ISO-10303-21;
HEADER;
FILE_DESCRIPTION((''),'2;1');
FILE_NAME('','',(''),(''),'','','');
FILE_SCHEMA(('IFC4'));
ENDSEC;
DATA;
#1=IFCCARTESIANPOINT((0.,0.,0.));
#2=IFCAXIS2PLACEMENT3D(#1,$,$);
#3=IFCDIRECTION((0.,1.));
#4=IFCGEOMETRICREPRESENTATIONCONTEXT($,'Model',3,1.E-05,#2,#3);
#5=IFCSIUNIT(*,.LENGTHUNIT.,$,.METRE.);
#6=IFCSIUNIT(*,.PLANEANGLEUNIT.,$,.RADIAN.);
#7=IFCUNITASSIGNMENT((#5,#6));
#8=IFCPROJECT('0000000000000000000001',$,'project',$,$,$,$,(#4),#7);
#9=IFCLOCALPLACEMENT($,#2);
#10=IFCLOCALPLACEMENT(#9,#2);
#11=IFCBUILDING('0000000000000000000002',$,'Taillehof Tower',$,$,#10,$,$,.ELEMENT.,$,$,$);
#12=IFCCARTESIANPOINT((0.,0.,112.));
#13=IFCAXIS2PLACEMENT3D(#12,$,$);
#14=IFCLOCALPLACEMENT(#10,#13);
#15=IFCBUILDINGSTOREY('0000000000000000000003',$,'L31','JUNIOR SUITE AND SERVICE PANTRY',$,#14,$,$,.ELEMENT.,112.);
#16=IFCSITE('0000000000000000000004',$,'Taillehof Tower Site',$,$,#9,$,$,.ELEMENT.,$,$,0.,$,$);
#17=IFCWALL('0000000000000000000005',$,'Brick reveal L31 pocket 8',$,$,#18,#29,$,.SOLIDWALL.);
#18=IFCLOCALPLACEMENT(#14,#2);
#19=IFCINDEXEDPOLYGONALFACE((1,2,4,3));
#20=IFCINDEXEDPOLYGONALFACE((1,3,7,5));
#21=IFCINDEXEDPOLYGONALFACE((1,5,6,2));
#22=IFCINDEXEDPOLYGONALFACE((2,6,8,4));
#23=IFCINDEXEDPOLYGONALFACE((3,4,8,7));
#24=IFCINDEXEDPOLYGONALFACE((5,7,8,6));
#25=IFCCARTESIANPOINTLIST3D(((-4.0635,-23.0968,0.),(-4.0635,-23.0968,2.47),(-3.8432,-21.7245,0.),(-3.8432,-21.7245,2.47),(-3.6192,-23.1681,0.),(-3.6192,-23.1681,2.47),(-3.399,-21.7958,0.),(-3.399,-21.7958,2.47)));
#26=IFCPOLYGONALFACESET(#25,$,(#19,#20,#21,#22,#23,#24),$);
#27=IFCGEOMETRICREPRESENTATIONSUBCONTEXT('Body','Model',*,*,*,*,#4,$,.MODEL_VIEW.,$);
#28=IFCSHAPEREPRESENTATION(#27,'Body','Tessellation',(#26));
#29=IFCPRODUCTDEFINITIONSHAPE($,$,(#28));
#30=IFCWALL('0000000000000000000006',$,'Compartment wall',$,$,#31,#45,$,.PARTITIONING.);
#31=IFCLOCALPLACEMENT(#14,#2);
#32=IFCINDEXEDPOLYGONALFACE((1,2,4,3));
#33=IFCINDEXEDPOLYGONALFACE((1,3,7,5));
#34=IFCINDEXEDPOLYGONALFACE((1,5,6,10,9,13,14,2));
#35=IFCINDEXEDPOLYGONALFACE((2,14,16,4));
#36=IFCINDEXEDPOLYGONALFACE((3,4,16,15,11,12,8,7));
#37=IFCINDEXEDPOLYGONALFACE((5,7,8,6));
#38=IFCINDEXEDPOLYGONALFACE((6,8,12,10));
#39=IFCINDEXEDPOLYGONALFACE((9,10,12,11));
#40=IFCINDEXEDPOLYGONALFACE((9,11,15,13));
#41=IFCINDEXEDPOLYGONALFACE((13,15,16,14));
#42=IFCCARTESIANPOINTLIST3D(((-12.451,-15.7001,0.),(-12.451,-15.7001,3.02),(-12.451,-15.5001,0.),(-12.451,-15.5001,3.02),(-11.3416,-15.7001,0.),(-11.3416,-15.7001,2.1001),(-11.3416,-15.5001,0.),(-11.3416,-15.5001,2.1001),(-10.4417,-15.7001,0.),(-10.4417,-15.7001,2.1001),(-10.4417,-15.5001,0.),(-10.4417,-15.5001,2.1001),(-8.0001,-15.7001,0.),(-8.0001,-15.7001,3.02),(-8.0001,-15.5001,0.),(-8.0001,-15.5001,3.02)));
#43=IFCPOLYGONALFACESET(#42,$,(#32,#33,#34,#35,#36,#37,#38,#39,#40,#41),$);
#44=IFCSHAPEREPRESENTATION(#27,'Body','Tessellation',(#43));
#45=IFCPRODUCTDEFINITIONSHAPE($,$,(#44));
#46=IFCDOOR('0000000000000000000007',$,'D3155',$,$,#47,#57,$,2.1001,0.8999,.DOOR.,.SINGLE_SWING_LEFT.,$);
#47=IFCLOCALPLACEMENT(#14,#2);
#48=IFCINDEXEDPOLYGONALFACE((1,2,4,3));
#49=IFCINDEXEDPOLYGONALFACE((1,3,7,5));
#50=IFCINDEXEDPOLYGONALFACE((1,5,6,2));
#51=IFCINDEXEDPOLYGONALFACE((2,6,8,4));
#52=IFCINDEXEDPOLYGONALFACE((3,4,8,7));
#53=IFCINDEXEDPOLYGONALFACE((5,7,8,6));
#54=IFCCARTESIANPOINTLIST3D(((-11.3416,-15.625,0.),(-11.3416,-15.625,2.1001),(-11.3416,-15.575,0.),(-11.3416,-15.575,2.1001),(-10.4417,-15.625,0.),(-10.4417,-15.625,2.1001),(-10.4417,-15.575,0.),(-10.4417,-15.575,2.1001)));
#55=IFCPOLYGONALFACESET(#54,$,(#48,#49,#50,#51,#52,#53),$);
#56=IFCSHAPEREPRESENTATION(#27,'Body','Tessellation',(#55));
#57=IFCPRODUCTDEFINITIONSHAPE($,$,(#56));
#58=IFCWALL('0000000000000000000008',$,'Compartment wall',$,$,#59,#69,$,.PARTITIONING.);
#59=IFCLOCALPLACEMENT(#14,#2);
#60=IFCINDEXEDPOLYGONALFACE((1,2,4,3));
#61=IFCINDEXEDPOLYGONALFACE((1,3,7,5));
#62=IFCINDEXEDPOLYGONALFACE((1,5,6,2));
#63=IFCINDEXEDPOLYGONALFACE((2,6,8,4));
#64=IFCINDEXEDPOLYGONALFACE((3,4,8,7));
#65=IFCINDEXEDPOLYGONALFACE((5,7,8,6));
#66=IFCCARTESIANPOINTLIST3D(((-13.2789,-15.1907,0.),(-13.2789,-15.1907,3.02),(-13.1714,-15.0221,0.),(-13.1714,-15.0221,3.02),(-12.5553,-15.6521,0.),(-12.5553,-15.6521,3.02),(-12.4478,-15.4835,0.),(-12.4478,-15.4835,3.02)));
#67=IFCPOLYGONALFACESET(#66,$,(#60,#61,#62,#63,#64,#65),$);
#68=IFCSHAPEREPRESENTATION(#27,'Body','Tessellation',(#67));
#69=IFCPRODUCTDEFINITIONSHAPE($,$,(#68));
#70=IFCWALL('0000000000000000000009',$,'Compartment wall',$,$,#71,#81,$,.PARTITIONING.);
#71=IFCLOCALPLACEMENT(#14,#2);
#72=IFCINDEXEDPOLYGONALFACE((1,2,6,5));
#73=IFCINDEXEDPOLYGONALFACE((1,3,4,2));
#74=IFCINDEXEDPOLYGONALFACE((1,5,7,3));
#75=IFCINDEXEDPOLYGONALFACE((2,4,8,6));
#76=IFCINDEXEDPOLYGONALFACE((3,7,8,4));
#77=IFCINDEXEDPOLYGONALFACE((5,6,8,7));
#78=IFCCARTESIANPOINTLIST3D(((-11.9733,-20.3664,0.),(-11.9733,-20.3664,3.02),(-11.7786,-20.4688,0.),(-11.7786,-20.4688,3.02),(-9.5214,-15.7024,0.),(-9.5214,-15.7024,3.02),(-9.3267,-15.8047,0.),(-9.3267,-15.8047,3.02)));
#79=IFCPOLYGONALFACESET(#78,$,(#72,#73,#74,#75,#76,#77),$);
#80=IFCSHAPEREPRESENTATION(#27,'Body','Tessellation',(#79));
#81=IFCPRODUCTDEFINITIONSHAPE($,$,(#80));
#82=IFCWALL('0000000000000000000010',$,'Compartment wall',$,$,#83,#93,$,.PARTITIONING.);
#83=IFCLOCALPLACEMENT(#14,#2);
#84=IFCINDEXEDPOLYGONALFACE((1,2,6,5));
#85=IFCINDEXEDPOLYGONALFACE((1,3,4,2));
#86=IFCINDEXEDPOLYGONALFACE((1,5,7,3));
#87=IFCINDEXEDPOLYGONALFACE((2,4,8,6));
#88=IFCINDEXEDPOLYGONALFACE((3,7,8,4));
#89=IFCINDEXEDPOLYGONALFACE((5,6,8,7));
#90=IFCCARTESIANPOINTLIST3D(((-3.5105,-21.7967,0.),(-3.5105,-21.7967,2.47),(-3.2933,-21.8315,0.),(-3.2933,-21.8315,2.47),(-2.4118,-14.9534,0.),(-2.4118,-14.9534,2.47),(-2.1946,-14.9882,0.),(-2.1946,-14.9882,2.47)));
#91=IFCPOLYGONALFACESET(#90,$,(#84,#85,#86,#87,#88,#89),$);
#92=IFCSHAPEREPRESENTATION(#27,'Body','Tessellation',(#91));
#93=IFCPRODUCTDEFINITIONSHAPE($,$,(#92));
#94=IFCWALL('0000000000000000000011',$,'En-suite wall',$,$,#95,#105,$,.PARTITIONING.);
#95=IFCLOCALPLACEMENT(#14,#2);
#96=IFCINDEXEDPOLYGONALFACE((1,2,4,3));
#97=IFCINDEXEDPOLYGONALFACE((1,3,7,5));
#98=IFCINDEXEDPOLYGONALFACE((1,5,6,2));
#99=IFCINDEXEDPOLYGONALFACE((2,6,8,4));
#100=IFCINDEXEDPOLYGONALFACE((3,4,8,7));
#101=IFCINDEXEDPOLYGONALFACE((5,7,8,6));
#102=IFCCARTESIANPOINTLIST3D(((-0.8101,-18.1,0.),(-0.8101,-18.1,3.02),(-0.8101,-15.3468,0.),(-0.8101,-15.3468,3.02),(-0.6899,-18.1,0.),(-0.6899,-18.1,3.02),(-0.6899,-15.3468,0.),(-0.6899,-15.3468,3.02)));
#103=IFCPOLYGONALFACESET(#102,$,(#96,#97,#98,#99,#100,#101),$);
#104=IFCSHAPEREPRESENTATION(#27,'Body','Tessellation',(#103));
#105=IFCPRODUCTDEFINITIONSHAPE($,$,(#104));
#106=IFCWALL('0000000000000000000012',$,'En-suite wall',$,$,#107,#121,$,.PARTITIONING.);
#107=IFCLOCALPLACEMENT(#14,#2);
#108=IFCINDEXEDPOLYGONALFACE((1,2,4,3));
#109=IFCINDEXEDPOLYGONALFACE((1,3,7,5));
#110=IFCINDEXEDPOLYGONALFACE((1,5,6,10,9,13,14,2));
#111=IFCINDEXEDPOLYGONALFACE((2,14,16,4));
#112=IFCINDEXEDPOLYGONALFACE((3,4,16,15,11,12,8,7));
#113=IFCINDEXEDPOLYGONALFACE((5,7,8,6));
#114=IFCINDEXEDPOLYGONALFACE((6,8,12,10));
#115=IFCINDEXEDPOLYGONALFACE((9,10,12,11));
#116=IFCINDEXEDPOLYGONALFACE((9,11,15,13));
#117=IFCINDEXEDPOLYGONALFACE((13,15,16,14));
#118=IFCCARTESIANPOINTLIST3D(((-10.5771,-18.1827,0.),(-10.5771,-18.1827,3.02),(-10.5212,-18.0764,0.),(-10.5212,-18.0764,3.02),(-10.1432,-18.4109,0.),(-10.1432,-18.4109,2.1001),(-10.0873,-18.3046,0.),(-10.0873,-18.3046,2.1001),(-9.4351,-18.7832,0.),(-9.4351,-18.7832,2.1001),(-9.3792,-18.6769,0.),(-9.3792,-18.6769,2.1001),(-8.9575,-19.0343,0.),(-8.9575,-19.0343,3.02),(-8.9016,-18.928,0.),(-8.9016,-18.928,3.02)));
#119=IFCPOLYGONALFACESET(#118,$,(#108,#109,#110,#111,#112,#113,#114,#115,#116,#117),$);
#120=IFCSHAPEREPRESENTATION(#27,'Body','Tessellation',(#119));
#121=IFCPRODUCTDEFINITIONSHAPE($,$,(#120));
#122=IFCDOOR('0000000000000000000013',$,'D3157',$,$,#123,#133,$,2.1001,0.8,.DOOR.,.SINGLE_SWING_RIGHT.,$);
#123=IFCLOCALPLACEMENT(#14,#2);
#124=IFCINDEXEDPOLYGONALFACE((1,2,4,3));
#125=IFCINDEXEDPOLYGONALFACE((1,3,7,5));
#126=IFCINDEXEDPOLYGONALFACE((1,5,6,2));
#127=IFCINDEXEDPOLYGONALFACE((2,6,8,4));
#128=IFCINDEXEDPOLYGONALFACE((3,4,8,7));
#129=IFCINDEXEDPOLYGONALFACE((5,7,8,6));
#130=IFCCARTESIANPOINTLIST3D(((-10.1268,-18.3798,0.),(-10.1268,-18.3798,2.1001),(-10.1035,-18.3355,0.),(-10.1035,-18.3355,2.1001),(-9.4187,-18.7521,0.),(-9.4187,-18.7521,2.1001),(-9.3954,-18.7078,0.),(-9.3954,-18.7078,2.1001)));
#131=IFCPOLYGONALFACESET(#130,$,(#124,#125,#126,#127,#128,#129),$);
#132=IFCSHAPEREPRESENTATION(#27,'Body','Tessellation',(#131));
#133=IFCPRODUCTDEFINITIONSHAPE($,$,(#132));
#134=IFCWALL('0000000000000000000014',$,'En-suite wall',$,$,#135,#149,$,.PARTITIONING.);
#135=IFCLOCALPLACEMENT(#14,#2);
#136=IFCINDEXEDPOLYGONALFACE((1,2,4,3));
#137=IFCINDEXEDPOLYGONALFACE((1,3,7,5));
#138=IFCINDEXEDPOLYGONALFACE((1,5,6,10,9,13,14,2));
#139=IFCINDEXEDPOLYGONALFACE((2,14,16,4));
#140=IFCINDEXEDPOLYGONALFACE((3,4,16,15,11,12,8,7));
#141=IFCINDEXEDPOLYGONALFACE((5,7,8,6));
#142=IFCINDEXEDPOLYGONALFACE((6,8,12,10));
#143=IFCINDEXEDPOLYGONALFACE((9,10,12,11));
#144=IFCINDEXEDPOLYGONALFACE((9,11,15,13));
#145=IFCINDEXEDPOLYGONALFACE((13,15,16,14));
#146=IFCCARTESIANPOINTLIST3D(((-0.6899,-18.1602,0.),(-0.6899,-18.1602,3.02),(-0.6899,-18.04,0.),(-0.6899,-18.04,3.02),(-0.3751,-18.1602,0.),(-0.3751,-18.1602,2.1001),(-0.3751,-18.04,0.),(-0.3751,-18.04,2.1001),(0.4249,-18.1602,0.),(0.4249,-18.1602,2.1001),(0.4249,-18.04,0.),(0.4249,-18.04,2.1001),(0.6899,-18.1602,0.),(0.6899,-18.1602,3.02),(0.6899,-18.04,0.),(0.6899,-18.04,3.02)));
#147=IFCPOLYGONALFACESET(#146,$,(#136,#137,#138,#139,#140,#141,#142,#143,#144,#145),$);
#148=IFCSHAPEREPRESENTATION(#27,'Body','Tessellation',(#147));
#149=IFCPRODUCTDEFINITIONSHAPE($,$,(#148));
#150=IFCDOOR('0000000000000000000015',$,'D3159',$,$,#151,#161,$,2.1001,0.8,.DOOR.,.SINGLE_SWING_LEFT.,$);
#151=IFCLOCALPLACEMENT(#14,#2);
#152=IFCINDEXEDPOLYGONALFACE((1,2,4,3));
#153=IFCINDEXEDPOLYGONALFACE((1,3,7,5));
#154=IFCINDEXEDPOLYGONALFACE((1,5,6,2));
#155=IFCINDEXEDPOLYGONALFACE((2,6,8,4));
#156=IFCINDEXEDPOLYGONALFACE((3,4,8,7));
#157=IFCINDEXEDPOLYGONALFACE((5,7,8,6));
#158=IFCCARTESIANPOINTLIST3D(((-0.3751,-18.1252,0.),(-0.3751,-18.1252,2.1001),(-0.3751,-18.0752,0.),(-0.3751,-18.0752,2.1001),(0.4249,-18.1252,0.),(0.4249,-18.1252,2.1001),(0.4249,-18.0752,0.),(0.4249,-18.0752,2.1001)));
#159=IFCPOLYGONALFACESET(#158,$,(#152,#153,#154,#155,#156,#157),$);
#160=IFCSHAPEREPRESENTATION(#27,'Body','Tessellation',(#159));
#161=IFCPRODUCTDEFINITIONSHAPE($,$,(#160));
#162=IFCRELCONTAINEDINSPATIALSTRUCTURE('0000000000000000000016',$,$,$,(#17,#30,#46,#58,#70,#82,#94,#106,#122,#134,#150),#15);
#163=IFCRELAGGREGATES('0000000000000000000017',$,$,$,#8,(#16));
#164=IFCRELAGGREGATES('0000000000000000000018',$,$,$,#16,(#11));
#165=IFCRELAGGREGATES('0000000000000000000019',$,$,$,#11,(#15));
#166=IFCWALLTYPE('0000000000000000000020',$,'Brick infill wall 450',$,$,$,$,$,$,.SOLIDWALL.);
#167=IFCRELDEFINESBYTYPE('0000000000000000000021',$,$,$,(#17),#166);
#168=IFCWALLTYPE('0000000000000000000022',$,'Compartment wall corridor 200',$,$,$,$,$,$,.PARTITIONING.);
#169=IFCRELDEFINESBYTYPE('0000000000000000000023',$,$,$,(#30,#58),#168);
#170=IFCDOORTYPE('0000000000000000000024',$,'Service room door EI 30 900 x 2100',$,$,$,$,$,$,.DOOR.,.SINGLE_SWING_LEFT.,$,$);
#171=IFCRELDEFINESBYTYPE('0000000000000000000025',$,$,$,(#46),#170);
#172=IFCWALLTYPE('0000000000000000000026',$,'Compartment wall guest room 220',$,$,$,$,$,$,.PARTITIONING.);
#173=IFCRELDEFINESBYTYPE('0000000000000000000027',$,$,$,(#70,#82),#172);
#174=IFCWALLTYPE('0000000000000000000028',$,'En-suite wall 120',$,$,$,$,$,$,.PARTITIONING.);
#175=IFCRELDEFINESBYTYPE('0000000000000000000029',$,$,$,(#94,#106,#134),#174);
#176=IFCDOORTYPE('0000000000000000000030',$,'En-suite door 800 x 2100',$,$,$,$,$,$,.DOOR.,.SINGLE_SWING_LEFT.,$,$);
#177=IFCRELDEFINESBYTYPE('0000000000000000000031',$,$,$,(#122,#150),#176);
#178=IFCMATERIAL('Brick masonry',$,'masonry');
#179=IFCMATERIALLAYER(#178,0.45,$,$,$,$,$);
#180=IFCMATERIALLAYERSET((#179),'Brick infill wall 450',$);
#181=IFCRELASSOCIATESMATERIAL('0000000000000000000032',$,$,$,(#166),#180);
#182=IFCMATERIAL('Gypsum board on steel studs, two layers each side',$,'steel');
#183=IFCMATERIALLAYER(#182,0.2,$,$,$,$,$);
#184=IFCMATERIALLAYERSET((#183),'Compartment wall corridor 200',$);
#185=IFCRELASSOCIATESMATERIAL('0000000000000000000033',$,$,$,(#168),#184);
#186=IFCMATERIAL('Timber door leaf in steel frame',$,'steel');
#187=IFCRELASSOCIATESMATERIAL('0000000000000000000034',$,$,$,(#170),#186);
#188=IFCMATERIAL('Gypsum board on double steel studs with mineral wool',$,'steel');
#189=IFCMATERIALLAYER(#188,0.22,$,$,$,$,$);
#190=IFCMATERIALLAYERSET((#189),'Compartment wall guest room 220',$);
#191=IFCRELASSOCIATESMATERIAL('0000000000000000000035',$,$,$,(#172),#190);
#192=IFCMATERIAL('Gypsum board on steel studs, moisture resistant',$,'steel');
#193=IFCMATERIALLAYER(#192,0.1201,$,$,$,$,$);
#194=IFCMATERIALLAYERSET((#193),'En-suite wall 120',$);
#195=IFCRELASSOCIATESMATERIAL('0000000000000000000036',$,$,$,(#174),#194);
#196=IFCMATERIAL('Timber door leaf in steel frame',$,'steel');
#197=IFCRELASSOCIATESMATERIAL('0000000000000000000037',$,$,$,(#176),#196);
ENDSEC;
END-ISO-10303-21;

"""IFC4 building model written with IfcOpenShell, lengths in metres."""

from ifc_helpers import new_model, si_unit, direction, frame, frame_2d, origin, place, context, subcontext, project, spatial, rectangle, extrude, material, layer, layer_set, type_object, element, fill, save


model = new_model("IFC4")

# Units and contexts
model_context = context("Model", 3, precision=1e-05, world=origin(), true_north=direction((0.0, 1.0)))
body_context = subcontext(model_context, "Body", "Model", "MODEL_VIEW")
ifc_project = project(units=[si_unit("LENGTHUNIT", "METRE"), si_unit("PLANEANGLEUNIT", "RADIAN")], contexts=[model_context])

# Site, building, storey
site_placement = place(None, origin())
site = spatial("IfcSite", under=ifc_project, at=site_placement, Name="Taillehof Tower Site", CompositionType="ELEMENT", RefElevation=0.0)
building_placement = place(site_placement, origin())
building = spatial("IfcBuilding", under=site, at=building_placement, Name="Taillehof Tower", CompositionType="ELEMENT")
storey_placement = place(building_placement, frame((0.0, 0.0, 112.0)))
storey = spatial("IfcBuildingStorey", under=building, at=storey_placement, Name="L31", Description="JUNIOR SUITE AND SERVICE PANTRY", CompositionType="ELEMENT", Elevation=112.0)

# Shared definitions
ifc_material_1 = material(Name="Brick masonry", Category="masonry")
ifc_layer_1 = layer(ifc_material_1, 0.45)
ifc_layer_set_1 = layer_set([ifc_layer_1], Name="Brick infill wall 450")
wall_type_1 = type_object("IfcWallType", Name="Brick infill wall 450", PredefinedType="SOLIDWALL", material=ifc_layer_set_1)

# Wall
wall_1_placement = place(storey_placement, frame((-3.8413, -23.1323, 0.0), z_axis=(0.0, 0.0, 1.0), x_axis=(0.158443, 0.987368, 0.0)))
element("IfcWall", 1, at=wall_1_placement, inside=storey, type_object=wall_type_1, Name="Brick reveal L31 pocket 8", PredefinedType="SOLIDWALL", context=body_context, shape_type="SweptSolid", body=[
    extrude(rectangle(XDim=1.3899, YDim=0.45, at=frame_2d((0.6948, 0.0))), origin(), (0.0, 0.0, 1.0), 2.47),
])

# Wall, opening, door
ifc_material_2 = material(Name="Gypsum board on steel studs, two layers each side", Category="steel")
ifc_layer_2 = layer(ifc_material_2, 0.2)
ifc_layer_set_2 = layer_set([ifc_layer_2], Name="Compartment wall corridor 200")
wall_type_2 = type_object("IfcWallType", Name="Compartment wall corridor 200", PredefinedType="PARTITIONING", material=ifc_layer_set_2)
wall_2_placement = place(storey_placement, frame((-8.0, -15.6001, 0.0), z_axis=(0.0, 0.0, 1.0), x_axis=(-1.0, 0.0, 0.0)))
wall_2 = element("IfcWall", 2, at=wall_2_placement, inside=storey, type_object=wall_type_2, Name="Compartment wall", PredefinedType="PARTITIONING", context=body_context, shape_type="SweptSolid", body=[
    extrude(rectangle(XDim=4.4509, YDim=0.2, at=frame_2d((2.2256, 0.0))), origin(), (0.0, 0.0, 1.0), 3.02),
])
opening_1_placement = place(wall_2_placement, frame((2.4417, 0.0, 0.0)))
opening_1 = element("IfcOpeningElement", 3, at=opening_1_placement, cuts=wall_2, PredefinedType="OPENING", context=body_context, shape_type="SweptSolid", body=[
    extrude(rectangle(XDim=0.8999, YDim=2.1001, at=frame_2d((0.45, 1.05))), frame((0.0, 0.1099, 0.0), z_axis=(0.0, -1.0, 0.0), x_axis=(1.0, 0.0, 0.0)), (0.0, 0.0, 1.0), 0.22),
])
ifc_material_3 = material(Name="Timber door leaf in steel frame", Category="steel")
door_type_1 = type_object("IfcDoorType", Name="Service room door EI 30 900 x 2100", OperationType="SINGLE_SWING_LEFT", PredefinedType="DOOR", material=ifc_material_3)
door_1_placement = place(opening_1_placement, origin())
door_1 = element("IfcDoor", 4, at=door_1_placement, inside=storey, type_object=door_type_1, Name="D3155", OperationType="SINGLE_SWING_LEFT", OverallHeight=2.1001, OverallWidth=0.8999, PredefinedType="DOOR", context=body_context, shape_type="SweptSolid", body=[
    extrude(rectangle(XDim=0.8999, YDim=2.1001, at=frame_2d((0.45, 1.05))), frame((0.0, 0.0249, 0.0), z_axis=(0.0, -1.0, 0.0), x_axis=(1.0, 0.0, 0.0)), (0.0, 0.0, 1.0), 0.05),
])
fill(opening_1, door_1)

# Walls
wall_3_placement = place(storey_placement, frame((-12.5015, -15.5679, 0.0), z_axis=(0.0, 0.0, 1.0), x_axis=(-0.843169, 0.537648, 0.0)))
element("IfcWall", 5, at=wall_3_placement, inside=storey, type_object=wall_type_2, Name="Compartment wall", PredefinedType="PARTITIONING", context=body_context, shape_type="SweptSolid", body=[
    extrude(rectangle(XDim=0.8582, YDim=0.2, at=frame_2d((0.4292, 0.0))), origin(), (0.0, 0.0, 1.0), 3.02),
])
ifc_material_4 = material(Name="Gypsum board on double steel studs with mineral wool", Category="steel")
ifc_layer_3 = layer(ifc_material_4, 0.22)
ifc_layer_set_3 = layer_set([ifc_layer_3], Name="Compartment wall guest room 220")
wall_type_3 = type_object("IfcWallType", Name="Compartment wall guest room 220", PredefinedType="PARTITIONING", material=ifc_layer_set_3)
wall_4_placement = place(storey_placement, frame((-11.876, -20.4177, 0.0), z_axis=(0.0, 0.0, 1.0), x_axis=(0.465321, 0.885142, 0.0)))
element("IfcWall", 6, at=wall_4_placement, inside=storey, type_object=wall_type_3, Name="Compartment wall", PredefinedType="PARTITIONING", context=body_context, shape_type="SweptSolid", body=[
    extrude(rectangle(XDim=5.2693, YDim=0.22, at=frame_2d((2.6348, 0.0))), origin(), (0.0, 0.0, 1.0), 3.02),
])
wall_5_placement = place(storey_placement, frame((-3.4019, -21.814, 0.0), z_axis=(0.0, 0.0, 1.0), x_axis=(0.158513, 0.987357, 0.0)))
element("IfcWall", 7, at=wall_5_placement, inside=storey, type_object=wall_type_3, Name="Compartment wall", PredefinedType="PARTITIONING", context=body_context, shape_type="SweptSolid", body=[
    extrude(rectangle(XDim=6.9309, YDim=0.22, at=frame_2d((3.4653, 0.0))), origin(), (0.0, 0.0, 1.0), 2.47),
])
ifc_material_5 = material(Name="Gypsum board on steel studs, moisture resistant", Category="steel")
ifc_layer_4 = layer(ifc_material_5, 0.1201)
ifc_layer_set_4 = layer_set([ifc_layer_4], Name="En-suite wall 120")
wall_type_4 = type_object("IfcWallType", Name="En-suite wall 120", PredefinedType="PARTITIONING", material=ifc_layer_set_4)
wall_6_placement = place(storey_placement, frame((-0.75, -15.3469, 0.0), z_axis=(0.0, 0.0, 1.0), x_axis=(0.0, -1.0, 0.0)))
element("IfcWall", 8, at=wall_6_placement, inside=storey, type_object=wall_type_4, Name="En-suite wall", PredefinedType="PARTITIONING", context=body_context, shape_type="SweptSolid", body=[
    extrude(rectangle(XDim=2.7532, YDim=0.1201, at=frame_2d((1.3765, 0.0))), origin(), (0.0, 0.0, 1.0), 3.02),
])

# Walls, openings, doors
wall_7_placement = place(storey_placement, frame((-8.9294, -18.9812, 0.0), z_axis=(0.0, 0.0, 1.0), x_axis=(-0.885115, 0.465372, 0.0)))
wall_7 = element("IfcWall", 9, at=wall_7_placement, inside=storey, type_object=wall_type_4, Name="En-suite wall", PredefinedType="PARTITIONING", context=body_context, shape_type="SweptSolid", body=[
    extrude(rectangle(XDim=1.8298, YDim=0.1201, at=frame_2d((0.915, 0.0))), origin(), (0.0, 0.0, 1.0), 3.02),
])
opening_2_placement = place(wall_7_placement, frame((0.5398, 0.0, 0.0)))
opening_2 = element("IfcOpeningElement", 10, at=opening_2_placement, cuts=wall_7, PredefinedType="OPENING", context=body_context, shape_type="SweptSolid", body=[
    extrude(rectangle(XDim=0.8, YDim=2.1001, at=frame_2d((0.3999, 1.05))), frame((0.0, 0.0701, 0.0), z_axis=(0.0, -1.0, 0.0), x_axis=(1.0, 0.0, 0.0)), (0.0, 0.0, 1.0), 0.1401),
])
ifc_material_6 = material(Name="Timber door leaf in steel frame", Category="steel")
door_type_2 = type_object("IfcDoorType", Name="En-suite door 800 x 2100", OperationType="SINGLE_SWING_LEFT", PredefinedType="DOOR", material=ifc_material_6)
door_2_placement = place(opening_2_placement, origin())
door_2 = element("IfcDoor", 11, at=door_2_placement, inside=storey, type_object=door_type_2, Name="D3157", OperationType="SINGLE_SWING_RIGHT", OverallHeight=2.1001, OverallWidth=0.8, PredefinedType="DOOR", context=body_context, shape_type="SweptSolid", body=[
    extrude(rectangle(XDim=0.8, YDim=2.1001, at=frame_2d((0.3999, 1.05))), frame((0.0, 0.0249, 0.0), z_axis=(0.0, -1.0, 0.0), x_axis=(1.0, 0.0, 0.0)), (0.0, 0.0, 1.0), 0.05),
])
fill(opening_2, door_2)
wall_8_placement = place(storey_placement, frame((-0.6899, -18.1001, 0.0), z_axis=(0.0, 0.0, 1.0), x_axis=(1.0, 0.0, 0.0)))
wall_8 = element("IfcWall", 12, at=wall_8_placement, inside=storey, type_object=wall_type_4, Name="En-suite wall", PredefinedType="PARTITIONING", context=body_context, shape_type="SweptSolid", body=[
    extrude(rectangle(XDim=1.3799, YDim=0.1201, at=frame_2d((0.6899, 0.0))), origin(), (0.0, 0.0, 1.0), 3.02),
])
opening_3_placement = place(wall_8_placement, frame((0.3149, 0.0, 0.0)))
opening_3 = element("IfcOpeningElement", 13, at=opening_3_placement, cuts=wall_8, PredefinedType="OPENING", context=body_context, shape_type="SweptSolid", body=[
    extrude(rectangle(XDim=0.8, YDim=2.1001, at=frame_2d((0.3999, 1.05))), frame((0.0, 0.0701, 0.0), z_axis=(0.0, -1.0, 0.0), x_axis=(1.0, 0.0, 0.0)), (0.0, 0.0, 1.0), 0.1401),
])
door_3_placement = place(opening_3_placement, origin())
door_3 = element("IfcDoor", 14, at=door_3_placement, inside=storey, type_object=door_type_2, Name="D3159", OperationType="SINGLE_SWING_LEFT", OverallHeight=2.1001, OverallWidth=0.8, PredefinedType="DOOR", context=body_context, shape_type="SweptSolid", body=[
    extrude(rectangle(XDim=0.8, YDim=2.1001, at=frame_2d((0.3999, 1.05))), frame((0.0, 0.0249, 0.0), z_axis=(0.0, -1.0, 0.0), x_axis=(1.0, 0.0, 0.0)), (0.0, 0.0, 1.0), 0.05),
])
fill(opening_3, door_3)

save(model, "model.ifc")
